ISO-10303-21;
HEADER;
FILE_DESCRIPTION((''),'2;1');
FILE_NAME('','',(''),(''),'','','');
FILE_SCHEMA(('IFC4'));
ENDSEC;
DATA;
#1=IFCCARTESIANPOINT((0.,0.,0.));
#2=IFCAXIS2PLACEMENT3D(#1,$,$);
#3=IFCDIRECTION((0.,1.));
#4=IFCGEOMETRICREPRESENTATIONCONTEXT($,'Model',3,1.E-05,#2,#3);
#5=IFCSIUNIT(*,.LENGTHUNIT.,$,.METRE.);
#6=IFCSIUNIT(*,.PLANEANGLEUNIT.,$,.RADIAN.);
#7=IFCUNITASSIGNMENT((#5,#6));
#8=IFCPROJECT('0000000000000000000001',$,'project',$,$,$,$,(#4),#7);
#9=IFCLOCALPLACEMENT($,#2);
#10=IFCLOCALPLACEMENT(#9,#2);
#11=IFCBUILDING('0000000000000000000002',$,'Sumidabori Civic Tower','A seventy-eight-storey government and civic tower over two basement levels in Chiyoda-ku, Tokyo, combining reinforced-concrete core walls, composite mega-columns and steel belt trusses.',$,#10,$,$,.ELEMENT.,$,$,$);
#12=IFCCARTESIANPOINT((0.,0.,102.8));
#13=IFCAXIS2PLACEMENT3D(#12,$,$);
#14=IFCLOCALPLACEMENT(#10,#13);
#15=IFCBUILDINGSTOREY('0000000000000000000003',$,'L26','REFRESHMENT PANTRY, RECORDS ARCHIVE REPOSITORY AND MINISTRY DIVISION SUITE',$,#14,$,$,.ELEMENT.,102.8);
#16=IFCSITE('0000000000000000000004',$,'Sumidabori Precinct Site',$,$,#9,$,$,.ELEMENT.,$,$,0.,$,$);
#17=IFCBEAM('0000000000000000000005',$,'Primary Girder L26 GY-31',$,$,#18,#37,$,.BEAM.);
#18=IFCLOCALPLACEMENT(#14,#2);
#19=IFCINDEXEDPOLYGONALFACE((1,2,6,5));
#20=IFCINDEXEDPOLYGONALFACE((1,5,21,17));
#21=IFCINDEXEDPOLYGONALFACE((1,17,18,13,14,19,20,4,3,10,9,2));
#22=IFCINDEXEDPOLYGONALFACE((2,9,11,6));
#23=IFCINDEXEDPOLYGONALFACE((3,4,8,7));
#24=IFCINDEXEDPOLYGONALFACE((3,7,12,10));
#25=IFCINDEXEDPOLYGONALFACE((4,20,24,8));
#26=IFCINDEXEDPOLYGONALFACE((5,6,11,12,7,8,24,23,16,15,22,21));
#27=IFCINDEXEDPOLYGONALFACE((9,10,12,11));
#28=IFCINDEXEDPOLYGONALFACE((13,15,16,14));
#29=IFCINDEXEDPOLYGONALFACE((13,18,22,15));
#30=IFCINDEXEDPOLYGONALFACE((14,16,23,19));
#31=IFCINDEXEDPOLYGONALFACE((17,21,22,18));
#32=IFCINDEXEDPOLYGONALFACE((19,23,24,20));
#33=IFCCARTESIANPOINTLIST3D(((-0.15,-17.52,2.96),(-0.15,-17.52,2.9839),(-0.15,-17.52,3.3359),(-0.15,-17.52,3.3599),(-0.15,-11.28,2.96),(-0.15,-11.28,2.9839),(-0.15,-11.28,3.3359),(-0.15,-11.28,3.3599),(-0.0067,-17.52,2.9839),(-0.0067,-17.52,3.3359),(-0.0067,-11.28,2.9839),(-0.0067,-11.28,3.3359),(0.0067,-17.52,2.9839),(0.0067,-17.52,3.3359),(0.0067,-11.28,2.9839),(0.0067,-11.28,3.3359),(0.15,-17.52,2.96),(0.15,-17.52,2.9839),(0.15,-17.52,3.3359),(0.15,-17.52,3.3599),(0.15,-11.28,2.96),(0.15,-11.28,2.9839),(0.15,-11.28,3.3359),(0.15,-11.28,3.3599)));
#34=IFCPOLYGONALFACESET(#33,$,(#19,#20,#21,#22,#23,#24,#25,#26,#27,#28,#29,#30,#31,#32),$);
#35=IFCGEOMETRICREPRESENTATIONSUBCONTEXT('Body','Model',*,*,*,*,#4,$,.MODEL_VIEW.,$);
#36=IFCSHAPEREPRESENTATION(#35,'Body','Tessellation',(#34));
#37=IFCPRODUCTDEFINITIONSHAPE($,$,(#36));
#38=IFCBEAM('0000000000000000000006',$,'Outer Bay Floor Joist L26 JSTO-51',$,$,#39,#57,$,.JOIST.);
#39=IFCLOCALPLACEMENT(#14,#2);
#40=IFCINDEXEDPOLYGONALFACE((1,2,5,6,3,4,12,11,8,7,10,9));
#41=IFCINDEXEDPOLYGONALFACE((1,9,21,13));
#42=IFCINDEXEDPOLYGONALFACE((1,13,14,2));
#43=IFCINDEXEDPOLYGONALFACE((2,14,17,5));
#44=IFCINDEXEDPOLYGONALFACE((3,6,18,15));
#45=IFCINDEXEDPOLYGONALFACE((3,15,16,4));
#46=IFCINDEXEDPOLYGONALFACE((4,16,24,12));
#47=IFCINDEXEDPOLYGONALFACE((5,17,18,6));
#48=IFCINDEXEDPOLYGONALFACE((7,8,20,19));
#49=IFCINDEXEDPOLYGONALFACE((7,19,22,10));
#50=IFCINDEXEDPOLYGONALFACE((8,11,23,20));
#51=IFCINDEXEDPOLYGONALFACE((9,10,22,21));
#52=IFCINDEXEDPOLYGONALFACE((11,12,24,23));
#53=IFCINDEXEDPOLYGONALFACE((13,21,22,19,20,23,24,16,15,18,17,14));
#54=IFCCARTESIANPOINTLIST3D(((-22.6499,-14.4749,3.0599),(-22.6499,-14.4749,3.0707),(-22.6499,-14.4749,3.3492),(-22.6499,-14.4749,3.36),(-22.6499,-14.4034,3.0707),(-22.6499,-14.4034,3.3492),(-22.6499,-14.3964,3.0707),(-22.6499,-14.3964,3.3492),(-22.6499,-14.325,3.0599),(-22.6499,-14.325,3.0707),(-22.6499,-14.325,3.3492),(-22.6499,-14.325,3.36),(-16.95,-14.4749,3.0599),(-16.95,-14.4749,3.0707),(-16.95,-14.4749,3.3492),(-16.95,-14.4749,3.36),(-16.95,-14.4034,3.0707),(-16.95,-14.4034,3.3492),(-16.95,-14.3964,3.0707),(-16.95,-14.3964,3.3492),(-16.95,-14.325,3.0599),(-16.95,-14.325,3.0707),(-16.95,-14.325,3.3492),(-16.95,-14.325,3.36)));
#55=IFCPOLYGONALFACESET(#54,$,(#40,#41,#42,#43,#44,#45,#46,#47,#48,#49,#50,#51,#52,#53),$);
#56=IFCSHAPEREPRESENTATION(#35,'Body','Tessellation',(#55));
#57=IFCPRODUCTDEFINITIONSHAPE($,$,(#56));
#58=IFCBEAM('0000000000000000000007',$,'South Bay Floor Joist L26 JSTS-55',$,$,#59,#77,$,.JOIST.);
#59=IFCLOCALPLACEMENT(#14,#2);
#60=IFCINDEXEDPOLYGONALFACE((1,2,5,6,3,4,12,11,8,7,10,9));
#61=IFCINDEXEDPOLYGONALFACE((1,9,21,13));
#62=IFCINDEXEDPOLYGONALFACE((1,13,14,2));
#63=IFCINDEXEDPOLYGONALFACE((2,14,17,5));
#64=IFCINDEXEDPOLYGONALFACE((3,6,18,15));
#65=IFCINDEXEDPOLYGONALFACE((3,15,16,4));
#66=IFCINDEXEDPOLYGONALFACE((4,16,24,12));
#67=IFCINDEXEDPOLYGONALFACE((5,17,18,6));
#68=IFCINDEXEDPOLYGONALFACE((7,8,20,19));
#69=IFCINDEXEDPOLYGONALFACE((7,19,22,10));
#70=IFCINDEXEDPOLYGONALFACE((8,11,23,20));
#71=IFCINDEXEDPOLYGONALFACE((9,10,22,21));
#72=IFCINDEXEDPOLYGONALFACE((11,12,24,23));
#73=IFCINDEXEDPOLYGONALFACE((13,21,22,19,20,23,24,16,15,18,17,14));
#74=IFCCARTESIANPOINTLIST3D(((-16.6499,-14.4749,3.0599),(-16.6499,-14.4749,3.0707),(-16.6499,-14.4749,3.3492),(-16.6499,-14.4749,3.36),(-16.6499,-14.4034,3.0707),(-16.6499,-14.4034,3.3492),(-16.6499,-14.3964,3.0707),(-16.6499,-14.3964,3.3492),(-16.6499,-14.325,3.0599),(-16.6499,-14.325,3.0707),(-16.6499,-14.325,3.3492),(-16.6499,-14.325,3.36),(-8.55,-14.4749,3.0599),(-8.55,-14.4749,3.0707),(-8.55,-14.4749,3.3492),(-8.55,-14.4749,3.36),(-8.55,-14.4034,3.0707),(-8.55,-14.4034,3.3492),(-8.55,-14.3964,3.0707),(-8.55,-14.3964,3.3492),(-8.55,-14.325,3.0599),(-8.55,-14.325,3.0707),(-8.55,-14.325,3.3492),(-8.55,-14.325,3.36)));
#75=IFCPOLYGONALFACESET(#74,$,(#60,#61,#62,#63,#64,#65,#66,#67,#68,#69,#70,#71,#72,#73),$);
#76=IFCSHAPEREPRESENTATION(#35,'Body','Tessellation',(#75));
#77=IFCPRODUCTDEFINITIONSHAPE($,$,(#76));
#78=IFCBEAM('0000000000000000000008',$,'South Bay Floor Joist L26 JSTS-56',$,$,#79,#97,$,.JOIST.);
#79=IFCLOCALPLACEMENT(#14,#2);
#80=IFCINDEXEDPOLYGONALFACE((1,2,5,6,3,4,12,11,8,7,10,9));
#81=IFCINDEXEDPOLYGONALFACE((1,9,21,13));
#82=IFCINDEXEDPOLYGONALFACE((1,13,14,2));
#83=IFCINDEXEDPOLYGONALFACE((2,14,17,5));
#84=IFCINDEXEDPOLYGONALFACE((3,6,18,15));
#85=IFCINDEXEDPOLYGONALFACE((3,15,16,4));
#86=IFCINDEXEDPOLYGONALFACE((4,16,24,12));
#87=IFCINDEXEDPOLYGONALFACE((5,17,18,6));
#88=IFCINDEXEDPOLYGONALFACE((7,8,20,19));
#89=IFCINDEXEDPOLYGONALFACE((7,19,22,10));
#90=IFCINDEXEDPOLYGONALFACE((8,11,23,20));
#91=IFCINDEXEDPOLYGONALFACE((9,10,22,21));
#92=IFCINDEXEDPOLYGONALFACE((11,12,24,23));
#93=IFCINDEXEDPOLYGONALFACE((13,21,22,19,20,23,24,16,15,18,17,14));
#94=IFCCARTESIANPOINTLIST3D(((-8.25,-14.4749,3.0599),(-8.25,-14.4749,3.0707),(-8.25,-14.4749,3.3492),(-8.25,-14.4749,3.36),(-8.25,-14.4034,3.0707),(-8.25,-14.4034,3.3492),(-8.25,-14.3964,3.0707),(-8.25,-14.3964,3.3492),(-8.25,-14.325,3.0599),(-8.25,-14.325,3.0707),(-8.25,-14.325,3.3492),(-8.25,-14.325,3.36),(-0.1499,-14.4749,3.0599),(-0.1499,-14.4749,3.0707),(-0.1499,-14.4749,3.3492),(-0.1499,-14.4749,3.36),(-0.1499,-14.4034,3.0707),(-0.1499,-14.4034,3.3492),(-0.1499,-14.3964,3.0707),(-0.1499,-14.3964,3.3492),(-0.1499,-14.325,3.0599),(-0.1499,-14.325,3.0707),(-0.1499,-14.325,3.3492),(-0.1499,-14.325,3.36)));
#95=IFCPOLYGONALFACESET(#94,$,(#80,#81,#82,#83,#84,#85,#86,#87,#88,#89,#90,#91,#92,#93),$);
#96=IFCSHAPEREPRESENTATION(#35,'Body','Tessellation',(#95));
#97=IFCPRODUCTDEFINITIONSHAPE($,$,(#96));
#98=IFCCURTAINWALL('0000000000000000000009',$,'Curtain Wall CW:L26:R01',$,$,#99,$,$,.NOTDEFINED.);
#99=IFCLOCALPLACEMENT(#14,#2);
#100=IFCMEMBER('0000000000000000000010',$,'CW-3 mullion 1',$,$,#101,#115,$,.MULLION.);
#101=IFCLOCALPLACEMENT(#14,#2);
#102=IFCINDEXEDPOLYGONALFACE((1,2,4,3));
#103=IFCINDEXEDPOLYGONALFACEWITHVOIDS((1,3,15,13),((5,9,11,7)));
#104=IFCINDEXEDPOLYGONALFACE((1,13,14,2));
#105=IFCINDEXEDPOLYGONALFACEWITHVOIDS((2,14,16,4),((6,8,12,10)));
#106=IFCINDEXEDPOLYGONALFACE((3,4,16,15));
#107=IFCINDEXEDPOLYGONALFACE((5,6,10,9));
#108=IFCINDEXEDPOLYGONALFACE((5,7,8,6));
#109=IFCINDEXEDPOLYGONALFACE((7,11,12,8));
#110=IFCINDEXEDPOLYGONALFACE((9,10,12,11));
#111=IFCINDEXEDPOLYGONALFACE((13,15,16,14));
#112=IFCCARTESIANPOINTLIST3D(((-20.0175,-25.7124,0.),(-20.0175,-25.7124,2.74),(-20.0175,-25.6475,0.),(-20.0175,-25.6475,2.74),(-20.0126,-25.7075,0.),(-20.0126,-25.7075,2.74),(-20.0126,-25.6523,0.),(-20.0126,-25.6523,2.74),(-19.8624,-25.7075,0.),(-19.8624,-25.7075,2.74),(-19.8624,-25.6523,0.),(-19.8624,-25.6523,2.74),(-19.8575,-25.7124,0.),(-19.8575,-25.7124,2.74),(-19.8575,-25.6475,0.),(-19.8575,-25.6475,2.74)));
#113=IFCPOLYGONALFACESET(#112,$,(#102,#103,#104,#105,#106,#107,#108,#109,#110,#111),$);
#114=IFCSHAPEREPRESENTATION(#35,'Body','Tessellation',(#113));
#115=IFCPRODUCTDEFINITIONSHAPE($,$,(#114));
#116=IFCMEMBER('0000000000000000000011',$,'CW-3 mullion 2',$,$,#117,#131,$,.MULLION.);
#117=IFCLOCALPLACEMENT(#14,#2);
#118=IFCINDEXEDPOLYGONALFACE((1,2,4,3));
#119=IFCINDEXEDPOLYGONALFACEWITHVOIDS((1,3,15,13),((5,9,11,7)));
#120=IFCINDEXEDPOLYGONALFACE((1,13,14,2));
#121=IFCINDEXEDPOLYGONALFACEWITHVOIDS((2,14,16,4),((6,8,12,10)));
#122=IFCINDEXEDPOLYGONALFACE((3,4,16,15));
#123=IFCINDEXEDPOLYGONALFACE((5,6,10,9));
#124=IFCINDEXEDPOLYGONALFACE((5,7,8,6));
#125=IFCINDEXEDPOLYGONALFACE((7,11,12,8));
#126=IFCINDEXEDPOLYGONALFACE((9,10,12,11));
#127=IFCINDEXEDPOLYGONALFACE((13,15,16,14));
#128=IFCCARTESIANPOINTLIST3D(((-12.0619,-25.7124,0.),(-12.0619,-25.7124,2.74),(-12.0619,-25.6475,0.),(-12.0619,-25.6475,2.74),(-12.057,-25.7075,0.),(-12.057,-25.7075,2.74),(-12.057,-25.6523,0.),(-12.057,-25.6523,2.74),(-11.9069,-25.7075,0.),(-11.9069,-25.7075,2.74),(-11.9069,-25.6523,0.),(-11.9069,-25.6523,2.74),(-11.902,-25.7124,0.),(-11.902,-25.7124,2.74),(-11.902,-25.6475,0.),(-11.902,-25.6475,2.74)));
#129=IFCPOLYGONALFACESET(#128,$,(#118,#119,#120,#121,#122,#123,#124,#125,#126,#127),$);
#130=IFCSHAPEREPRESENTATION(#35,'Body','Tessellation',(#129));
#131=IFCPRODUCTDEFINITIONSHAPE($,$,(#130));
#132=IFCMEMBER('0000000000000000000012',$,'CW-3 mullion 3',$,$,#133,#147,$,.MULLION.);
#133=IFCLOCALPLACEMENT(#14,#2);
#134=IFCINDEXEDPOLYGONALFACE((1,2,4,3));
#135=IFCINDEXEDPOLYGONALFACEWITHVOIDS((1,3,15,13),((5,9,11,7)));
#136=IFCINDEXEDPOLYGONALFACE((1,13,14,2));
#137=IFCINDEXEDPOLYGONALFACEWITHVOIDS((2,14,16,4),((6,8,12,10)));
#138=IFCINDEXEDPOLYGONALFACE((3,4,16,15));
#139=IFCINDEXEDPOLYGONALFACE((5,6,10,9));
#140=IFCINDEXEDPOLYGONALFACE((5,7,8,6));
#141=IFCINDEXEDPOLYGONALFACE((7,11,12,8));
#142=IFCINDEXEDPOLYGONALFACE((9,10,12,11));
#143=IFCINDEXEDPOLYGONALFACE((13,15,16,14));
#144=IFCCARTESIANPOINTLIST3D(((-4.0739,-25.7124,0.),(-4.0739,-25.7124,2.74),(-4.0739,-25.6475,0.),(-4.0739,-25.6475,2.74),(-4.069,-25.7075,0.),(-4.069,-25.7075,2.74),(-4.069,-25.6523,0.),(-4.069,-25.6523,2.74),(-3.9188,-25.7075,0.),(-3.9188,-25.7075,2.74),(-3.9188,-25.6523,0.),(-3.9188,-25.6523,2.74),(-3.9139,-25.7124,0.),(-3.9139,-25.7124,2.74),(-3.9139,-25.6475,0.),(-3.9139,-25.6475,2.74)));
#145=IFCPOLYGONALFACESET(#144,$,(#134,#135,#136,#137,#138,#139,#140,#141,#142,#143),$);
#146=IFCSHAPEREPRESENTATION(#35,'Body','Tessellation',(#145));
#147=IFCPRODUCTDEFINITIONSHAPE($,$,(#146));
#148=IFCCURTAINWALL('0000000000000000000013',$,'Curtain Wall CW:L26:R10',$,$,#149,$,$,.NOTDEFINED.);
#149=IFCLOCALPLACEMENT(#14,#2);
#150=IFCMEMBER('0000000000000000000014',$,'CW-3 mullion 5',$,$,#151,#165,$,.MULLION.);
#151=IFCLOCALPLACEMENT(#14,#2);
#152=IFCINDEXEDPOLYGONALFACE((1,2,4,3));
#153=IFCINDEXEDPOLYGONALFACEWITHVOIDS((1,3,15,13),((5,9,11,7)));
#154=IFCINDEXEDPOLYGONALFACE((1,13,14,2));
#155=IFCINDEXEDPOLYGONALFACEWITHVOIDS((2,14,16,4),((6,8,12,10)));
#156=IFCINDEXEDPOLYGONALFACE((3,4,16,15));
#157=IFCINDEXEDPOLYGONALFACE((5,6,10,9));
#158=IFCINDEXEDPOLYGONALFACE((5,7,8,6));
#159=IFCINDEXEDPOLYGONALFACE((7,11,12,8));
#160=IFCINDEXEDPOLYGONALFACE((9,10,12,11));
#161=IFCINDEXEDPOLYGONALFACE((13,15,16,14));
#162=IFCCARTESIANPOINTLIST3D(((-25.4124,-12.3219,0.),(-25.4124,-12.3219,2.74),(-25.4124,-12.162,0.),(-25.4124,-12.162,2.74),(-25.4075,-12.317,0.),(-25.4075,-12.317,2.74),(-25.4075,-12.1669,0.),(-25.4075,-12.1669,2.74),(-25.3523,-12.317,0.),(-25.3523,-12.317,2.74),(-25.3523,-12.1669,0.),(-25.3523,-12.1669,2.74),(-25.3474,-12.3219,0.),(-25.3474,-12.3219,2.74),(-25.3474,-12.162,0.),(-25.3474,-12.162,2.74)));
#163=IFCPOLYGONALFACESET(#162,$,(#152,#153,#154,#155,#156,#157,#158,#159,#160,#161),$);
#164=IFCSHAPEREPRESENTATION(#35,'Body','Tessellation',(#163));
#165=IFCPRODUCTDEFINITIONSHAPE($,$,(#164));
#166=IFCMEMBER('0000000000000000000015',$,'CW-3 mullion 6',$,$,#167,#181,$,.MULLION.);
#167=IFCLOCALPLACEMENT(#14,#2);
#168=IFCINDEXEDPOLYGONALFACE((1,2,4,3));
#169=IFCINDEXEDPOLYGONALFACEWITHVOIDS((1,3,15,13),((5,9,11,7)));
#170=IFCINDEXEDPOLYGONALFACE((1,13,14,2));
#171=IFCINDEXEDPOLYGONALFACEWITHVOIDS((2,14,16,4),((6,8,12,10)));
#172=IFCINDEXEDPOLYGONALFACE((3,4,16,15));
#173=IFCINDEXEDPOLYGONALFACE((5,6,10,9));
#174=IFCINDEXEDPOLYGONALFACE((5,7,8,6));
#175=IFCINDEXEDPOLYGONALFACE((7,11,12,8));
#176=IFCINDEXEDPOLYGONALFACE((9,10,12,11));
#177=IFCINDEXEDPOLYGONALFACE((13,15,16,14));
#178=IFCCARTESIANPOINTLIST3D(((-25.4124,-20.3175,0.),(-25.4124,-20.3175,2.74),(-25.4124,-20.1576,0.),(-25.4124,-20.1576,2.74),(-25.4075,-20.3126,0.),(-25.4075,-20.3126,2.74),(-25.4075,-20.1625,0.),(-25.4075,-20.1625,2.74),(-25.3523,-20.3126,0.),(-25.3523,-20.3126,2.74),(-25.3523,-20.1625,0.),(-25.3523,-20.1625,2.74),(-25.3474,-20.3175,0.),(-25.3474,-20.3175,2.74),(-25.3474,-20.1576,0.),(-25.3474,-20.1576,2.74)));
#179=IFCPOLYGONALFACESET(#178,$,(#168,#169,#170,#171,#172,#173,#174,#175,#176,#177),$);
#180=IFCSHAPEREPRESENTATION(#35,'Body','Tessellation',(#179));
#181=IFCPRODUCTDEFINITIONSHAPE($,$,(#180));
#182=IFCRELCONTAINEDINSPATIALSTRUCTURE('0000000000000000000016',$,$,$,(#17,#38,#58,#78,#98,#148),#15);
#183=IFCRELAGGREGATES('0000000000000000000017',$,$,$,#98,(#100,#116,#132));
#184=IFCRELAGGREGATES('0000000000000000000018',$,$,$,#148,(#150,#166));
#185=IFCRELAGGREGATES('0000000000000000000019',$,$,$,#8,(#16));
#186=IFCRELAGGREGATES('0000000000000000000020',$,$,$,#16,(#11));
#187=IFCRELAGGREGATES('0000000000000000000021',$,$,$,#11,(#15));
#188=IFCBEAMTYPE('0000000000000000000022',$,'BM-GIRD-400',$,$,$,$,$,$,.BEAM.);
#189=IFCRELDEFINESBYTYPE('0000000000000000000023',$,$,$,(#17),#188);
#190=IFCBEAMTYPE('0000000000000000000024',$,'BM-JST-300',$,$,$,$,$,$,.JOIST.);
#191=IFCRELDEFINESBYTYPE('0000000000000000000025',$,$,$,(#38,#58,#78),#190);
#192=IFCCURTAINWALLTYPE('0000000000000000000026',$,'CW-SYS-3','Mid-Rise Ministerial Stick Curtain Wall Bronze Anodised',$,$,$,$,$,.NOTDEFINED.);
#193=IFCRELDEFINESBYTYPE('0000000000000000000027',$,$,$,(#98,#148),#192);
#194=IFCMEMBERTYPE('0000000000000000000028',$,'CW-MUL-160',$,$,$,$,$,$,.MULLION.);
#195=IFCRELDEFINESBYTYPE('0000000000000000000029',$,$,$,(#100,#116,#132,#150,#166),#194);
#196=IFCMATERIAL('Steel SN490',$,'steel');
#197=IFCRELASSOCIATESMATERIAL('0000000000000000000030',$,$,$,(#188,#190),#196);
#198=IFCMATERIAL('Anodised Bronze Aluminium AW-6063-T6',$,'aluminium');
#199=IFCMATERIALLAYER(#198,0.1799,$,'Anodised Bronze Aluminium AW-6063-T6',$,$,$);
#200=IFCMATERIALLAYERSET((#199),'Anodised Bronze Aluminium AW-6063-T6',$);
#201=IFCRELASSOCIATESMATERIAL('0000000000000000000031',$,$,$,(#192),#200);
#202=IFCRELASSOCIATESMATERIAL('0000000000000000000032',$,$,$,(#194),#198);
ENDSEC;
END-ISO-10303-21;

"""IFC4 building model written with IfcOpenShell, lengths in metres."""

from ifc_helpers import new_model, si_unit, direction, frame, origin, origin_2d, place, context, subcontext, project, spatial, hollow_rectangle, i_section, extrude, source, transform, mapped, material, layer, layer_set, material_profile, profile_set, type_object, element, aggregate, save


model = new_model("IFC4")

# Units and contexts
model_context = context("Model", 3, precision=1e-05, world=origin(), true_north=direction((0.0, 1.0)))
body_context = subcontext(model_context, "Body", "Model", "MODEL_VIEW")
ifc_project = project(units=[si_unit("LENGTHUNIT", "METRE"), si_unit("PLANEANGLEUNIT", "RADIAN")], contexts=[model_context])

# Site, building, storey
site_placement = place(None, origin())
site = spatial("IfcSite", under=ifc_project, at=site_placement, Name="Sumidabori Precinct Site", CompositionType="ELEMENT", RefElevation=0.0)
building_placement = place(site_placement, origin())
building = spatial("IfcBuilding", under=site, at=building_placement, Name="Sumidabori Civic Tower", Description="A seventy-eight-storey government and civic tower over two basement levels in Chiyoda-ku, Tokyo, combining reinforced-concrete core walls, composite mega-columns and steel belt trusses.", CompositionType="ELEMENT")
storey_placement = place(building_placement, frame((0.0, 0.0, 102.8)))
storey = spatial("IfcBuildingStorey", under=building, at=storey_placement, Name="L26", Description="REFRESHMENT PANTRY, RECORDS ARCHIVE REPOSITORY AND MINISTRY DIVISION SUITE", CompositionType="ELEMENT", Elevation=102.8)

# Beams
ifc_material_1 = material(Name="Steel SN490", Category="steel")
ifc_material_profile_1 = material_profile(ifc_material_1, i_section(OverallWidth=0.3, OverallDepth=0.3999, WebThickness=0.0134, FlangeThickness=0.0239, at=origin_2d()), Name="HE 400 B")
ifc_profile_set_1 = profile_set([ifc_material_profile_1], Name="Steel SN490")
beam_type_1 = type_object("IfcBeamType", Name="BM-GIRD-400", PredefinedType="BEAM", material=ifc_profile_set_1)
shared_shape_1 = source(origin(), body_context, "Body", "SweptSolid", [
    extrude(i_section(OverallWidth=0.3, OverallDepth=0.3999, WebThickness=0.0134, FlangeThickness=0.0239, at=origin_2d()), origin(), (0.0, 0.0, 1.0), 6.24),
])
for number, where, z_axis, x_axis, name in (
    (1, (0.0, -17.52, 3.1599), (0.0, 1.0, 0.0), (-1.0, 0.0, 0.0), "Primary Girder L26 GY-31"),
):
    element("IfcBeam", number, at=place(storey_placement, frame(where, z_axis=z_axis, x_axis=x_axis)), inside=storey, type_object=beam_type_1, Name=name, PredefinedType="BEAM", context=body_context, shape_type="MappedRepresentation", body=[
        mapped(shared_shape_1, transform((0.0, 0.0, 0.0), x_axis=(1.0, 0.0, 0.0), y_axis=(0.0, 1.0, 0.0), z_axis=(0.0, 0.0, 1.0), scale=1.0)),
    ])
ifc_material_profile_2 = material_profile(ifc_material_1, i_section(OverallWidth=0.1499, OverallDepth=0.3, WebThickness=0.0071, FlangeThickness=0.0107, at=origin_2d()), Name="IPE 300")
ifc_profile_set_2 = profile_set([ifc_material_profile_2], Name="Steel SN490")
beam_type_2 = type_object("IfcBeamType", Name="BM-JST-300", PredefinedType="JOIST", material=ifc_profile_set_2)
shared_shape_2 = source(origin(), body_context, "Body", "SweptSolid", [
    extrude(i_section(OverallWidth=0.1499, OverallDepth=0.3, WebThickness=0.0071, FlangeThickness=0.0107, at=origin_2d()), origin(), (0.0, 0.0, 1.0), 5.7),
])
beam_1_placement = place(storey_placement, frame((-22.6499, -14.3999, 3.21), z_axis=(1.0, 0.0, 0.0), x_axis=(0.0, 1.0, 0.0)))
element("IfcBeam", 2, at=beam_1_placement, inside=storey, type_object=beam_type_2, Name="Outer Bay Floor Joist L26 JSTO-51", PredefinedType="JOIST", context=body_context, shape_type="MappedRepresentation", body=[
    mapped(shared_shape_2, transform((0.0, 0.0, 0.0), x_axis=(1.0, 0.0, 0.0), y_axis=(0.0, 1.0, 0.0), z_axis=(0.0, 0.0, 1.0), scale=1.0)),
])
shared_shape_3 = source(origin(), body_context, "Body", "SweptSolid", [
    extrude(i_section(OverallWidth=0.1499, OverallDepth=0.3, WebThickness=0.0071, FlangeThickness=0.0107, at=origin_2d()), origin(), (0.0, 0.0, 1.0), 8.0999),
])
beam_2_placement = place(storey_placement, frame((-16.6499, -14.3999, 3.21), z_axis=(1.0, 0.0, 0.0), x_axis=(0.0, 1.0, 0.0)))
element("IfcBeam", 3, at=beam_2_placement, inside=storey, type_object=beam_type_2, Name="South Bay Floor Joist L26 JSTS-55", PredefinedType="JOIST", context=body_context, shape_type="MappedRepresentation", body=[
    mapped(shared_shape_3, transform((0.0, 0.0, 0.0), x_axis=(1.0, 0.0, 0.0), y_axis=(0.0, 1.0, 0.0), z_axis=(0.0, 0.0, 1.0), scale=1.0)),
])
shared_shape_4 = source(origin(), body_context, "Body", "SweptSolid", [
    extrude(i_section(OverallWidth=0.1499, OverallDepth=0.3, WebThickness=0.0071, FlangeThickness=0.0107, at=origin_2d()), origin(), (0.0, 0.0, 1.0), 8.1001),
])
beam_3_placement = place(storey_placement, frame((-8.25, -14.3999, 3.21), z_axis=(1.0, 0.0, 0.0), x_axis=(0.0, 1.0, 0.0)))
element("IfcBeam", 4, at=beam_3_placement, inside=storey, type_object=beam_type_2, Name="South Bay Floor Joist L26 JSTS-56", PredefinedType="JOIST", context=body_context, shape_type="MappedRepresentation", body=[
    mapped(shared_shape_4, transform((0.0, 0.0, 0.0), x_axis=(1.0, 0.0, 0.0), y_axis=(0.0, 1.0, 0.0), z_axis=(0.0, 0.0, 1.0), scale=1.0)),
])

# Curtain walls, members
ifc_material_2 = material(Name="Anodised Bronze Aluminium AW-6063-T6", Category="aluminium")
ifc_layer_1 = layer(ifc_material_2, 0.1799, Name="Anodised Bronze Aluminium AW-6063-T6")
ifc_layer_set_1 = layer_set([ifc_layer_1], Name="Anodised Bronze Aluminium AW-6063-T6")
curtain_wall_type = type_object("IfcCurtainWallType", Name="CW-SYS-3", Description="Mid-Rise Ministerial Stick Curtain Wall Bronze Anodised", PredefinedType="NOTDEFINED", material=ifc_layer_set_1)
curtain_wall_1_placement = place(storey_placement, origin())
curtain_wall_1 = element("IfcCurtainWall", 5, at=curtain_wall_1_placement, inside=storey, type_object=curtain_wall_type, Name="Curtain Wall CW:L26:R01", PredefinedType="NOTDEFINED")
ifc_material_profile_3 = material_profile(ifc_material_2, hollow_rectangle(XDim=0.0649, YDim=0.1599, WallThickness=0.0049, at=origin_2d()), Name="ALU MULLION 160x65")
ifc_profile_set_3 = profile_set([ifc_material_profile_3], Name="Anodised Bronze Aluminium AW-6063-T6")
member_type_1 = type_object("IfcMemberType", Name="CW-MUL-160", PredefinedType="MULLION", material=ifc_profile_set_3)
shared_shape_5 = source(origin(), body_context, "Body", "SweptSolid", [
    extrude(hollow_rectangle(XDim=0.0649, YDim=0.1599, WallThickness=0.0049, at=origin_2d()), origin(), (0.0, 0.0, 1.0), 2.74),
])
member_1_placement = place(storey_placement, frame((-19.9375, -25.6799, 0.0), z_axis=(0.0, 0.0, 1.0), x_axis=(0.0, 1.0, 0.0)))
member_1 = element("IfcMember", 6, at=member_1_placement, type_object=member_type_1, Name="CW-3 mullion 1", PredefinedType="MULLION", context=body_context, shape_type="MappedRepresentation", body=[
    mapped(shared_shape_5, transform((0.0, 0.0, 0.0), x_axis=(1.0, 0.0, 0.0), y_axis=(0.0, 1.0, 0.0), z_axis=(0.0, 0.0, 1.0), scale=1.0)),
])
member_2_placement = place(storey_placement, frame((-11.9819, -25.6799, 0.0), z_axis=(0.0, 0.0, 1.0), x_axis=(0.0, 1.0, 0.0)))
member_2 = element("IfcMember", 7, at=member_2_placement, type_object=member_type_1, Name="CW-3 mullion 2", PredefinedType="MULLION", context=body_context, shape_type="MappedRepresentation", body=[
    mapped(shared_shape_5, transform((0.0, 0.0, 0.0), x_axis=(1.0, 0.0, 0.0), y_axis=(0.0, 1.0, 0.0), z_axis=(0.0, 0.0, 1.0), scale=1.0)),
])
member_3_placement = place(storey_placement, frame((-3.9939, -25.6799, 0.0), z_axis=(0.0, 0.0, 1.0), x_axis=(0.0, 1.0, 0.0)))
member_3 = element("IfcMember", 8, at=member_3_placement, type_object=member_type_1, Name="CW-3 mullion 3", PredefinedType="MULLION", context=body_context, shape_type="MappedRepresentation", body=[
    mapped(shared_shape_5, transform((0.0, 0.0, 0.0), x_axis=(1.0, 0.0, 0.0), y_axis=(0.0, 1.0, 0.0), z_axis=(0.0, 0.0, 1.0), scale=1.0)),
])
curtain_wall_2_placement = place(storey_placement, origin())
curtain_wall_2 = element("IfcCurtainWall", 9, at=curtain_wall_2_placement, inside=storey, type_object=curtain_wall_type, Name="Curtain Wall CW:L26:R10", PredefinedType="NOTDEFINED")
member_4_placement = place(storey_placement, frame((-25.3799, -12.2419, 0.0), z_axis=(0.0, 0.0, 1.0), x_axis=(1.0, 0.0, 0.0)))
member_4 = element("IfcMember", 10, at=member_4_placement, type_object=member_type_1, Name="CW-3 mullion 5", PredefinedType="MULLION", context=body_context, shape_type="MappedRepresentation", body=[
    mapped(shared_shape_5, transform((0.0, 0.0, 0.0), x_axis=(1.0, 0.0, 0.0), y_axis=(0.0, 1.0, 0.0), z_axis=(0.0, 0.0, 1.0), scale=1.0)),
])
member_5_placement = place(storey_placement, frame((-25.3799, -20.2375, 0.0), z_axis=(0.0, 0.0, 1.0), x_axis=(1.0, 0.0, 0.0)))
member_5 = element("IfcMember", 11, at=member_5_placement, type_object=member_type_1, Name="CW-3 mullion 6", PredefinedType="MULLION", context=body_context, shape_type="MappedRepresentation", body=[
    mapped(shared_shape_5, transform((0.0, 0.0, 0.0), x_axis=(1.0, 0.0, 0.0), y_axis=(0.0, 1.0, 0.0), z_axis=(0.0, 0.0, 1.0), scale=1.0)),
])

aggregate(curtain_wall_1, [member_1, member_2, member_3])
aggregate(curtain_wall_2, [member_4, member_5])

save(model, "model.ifc")
